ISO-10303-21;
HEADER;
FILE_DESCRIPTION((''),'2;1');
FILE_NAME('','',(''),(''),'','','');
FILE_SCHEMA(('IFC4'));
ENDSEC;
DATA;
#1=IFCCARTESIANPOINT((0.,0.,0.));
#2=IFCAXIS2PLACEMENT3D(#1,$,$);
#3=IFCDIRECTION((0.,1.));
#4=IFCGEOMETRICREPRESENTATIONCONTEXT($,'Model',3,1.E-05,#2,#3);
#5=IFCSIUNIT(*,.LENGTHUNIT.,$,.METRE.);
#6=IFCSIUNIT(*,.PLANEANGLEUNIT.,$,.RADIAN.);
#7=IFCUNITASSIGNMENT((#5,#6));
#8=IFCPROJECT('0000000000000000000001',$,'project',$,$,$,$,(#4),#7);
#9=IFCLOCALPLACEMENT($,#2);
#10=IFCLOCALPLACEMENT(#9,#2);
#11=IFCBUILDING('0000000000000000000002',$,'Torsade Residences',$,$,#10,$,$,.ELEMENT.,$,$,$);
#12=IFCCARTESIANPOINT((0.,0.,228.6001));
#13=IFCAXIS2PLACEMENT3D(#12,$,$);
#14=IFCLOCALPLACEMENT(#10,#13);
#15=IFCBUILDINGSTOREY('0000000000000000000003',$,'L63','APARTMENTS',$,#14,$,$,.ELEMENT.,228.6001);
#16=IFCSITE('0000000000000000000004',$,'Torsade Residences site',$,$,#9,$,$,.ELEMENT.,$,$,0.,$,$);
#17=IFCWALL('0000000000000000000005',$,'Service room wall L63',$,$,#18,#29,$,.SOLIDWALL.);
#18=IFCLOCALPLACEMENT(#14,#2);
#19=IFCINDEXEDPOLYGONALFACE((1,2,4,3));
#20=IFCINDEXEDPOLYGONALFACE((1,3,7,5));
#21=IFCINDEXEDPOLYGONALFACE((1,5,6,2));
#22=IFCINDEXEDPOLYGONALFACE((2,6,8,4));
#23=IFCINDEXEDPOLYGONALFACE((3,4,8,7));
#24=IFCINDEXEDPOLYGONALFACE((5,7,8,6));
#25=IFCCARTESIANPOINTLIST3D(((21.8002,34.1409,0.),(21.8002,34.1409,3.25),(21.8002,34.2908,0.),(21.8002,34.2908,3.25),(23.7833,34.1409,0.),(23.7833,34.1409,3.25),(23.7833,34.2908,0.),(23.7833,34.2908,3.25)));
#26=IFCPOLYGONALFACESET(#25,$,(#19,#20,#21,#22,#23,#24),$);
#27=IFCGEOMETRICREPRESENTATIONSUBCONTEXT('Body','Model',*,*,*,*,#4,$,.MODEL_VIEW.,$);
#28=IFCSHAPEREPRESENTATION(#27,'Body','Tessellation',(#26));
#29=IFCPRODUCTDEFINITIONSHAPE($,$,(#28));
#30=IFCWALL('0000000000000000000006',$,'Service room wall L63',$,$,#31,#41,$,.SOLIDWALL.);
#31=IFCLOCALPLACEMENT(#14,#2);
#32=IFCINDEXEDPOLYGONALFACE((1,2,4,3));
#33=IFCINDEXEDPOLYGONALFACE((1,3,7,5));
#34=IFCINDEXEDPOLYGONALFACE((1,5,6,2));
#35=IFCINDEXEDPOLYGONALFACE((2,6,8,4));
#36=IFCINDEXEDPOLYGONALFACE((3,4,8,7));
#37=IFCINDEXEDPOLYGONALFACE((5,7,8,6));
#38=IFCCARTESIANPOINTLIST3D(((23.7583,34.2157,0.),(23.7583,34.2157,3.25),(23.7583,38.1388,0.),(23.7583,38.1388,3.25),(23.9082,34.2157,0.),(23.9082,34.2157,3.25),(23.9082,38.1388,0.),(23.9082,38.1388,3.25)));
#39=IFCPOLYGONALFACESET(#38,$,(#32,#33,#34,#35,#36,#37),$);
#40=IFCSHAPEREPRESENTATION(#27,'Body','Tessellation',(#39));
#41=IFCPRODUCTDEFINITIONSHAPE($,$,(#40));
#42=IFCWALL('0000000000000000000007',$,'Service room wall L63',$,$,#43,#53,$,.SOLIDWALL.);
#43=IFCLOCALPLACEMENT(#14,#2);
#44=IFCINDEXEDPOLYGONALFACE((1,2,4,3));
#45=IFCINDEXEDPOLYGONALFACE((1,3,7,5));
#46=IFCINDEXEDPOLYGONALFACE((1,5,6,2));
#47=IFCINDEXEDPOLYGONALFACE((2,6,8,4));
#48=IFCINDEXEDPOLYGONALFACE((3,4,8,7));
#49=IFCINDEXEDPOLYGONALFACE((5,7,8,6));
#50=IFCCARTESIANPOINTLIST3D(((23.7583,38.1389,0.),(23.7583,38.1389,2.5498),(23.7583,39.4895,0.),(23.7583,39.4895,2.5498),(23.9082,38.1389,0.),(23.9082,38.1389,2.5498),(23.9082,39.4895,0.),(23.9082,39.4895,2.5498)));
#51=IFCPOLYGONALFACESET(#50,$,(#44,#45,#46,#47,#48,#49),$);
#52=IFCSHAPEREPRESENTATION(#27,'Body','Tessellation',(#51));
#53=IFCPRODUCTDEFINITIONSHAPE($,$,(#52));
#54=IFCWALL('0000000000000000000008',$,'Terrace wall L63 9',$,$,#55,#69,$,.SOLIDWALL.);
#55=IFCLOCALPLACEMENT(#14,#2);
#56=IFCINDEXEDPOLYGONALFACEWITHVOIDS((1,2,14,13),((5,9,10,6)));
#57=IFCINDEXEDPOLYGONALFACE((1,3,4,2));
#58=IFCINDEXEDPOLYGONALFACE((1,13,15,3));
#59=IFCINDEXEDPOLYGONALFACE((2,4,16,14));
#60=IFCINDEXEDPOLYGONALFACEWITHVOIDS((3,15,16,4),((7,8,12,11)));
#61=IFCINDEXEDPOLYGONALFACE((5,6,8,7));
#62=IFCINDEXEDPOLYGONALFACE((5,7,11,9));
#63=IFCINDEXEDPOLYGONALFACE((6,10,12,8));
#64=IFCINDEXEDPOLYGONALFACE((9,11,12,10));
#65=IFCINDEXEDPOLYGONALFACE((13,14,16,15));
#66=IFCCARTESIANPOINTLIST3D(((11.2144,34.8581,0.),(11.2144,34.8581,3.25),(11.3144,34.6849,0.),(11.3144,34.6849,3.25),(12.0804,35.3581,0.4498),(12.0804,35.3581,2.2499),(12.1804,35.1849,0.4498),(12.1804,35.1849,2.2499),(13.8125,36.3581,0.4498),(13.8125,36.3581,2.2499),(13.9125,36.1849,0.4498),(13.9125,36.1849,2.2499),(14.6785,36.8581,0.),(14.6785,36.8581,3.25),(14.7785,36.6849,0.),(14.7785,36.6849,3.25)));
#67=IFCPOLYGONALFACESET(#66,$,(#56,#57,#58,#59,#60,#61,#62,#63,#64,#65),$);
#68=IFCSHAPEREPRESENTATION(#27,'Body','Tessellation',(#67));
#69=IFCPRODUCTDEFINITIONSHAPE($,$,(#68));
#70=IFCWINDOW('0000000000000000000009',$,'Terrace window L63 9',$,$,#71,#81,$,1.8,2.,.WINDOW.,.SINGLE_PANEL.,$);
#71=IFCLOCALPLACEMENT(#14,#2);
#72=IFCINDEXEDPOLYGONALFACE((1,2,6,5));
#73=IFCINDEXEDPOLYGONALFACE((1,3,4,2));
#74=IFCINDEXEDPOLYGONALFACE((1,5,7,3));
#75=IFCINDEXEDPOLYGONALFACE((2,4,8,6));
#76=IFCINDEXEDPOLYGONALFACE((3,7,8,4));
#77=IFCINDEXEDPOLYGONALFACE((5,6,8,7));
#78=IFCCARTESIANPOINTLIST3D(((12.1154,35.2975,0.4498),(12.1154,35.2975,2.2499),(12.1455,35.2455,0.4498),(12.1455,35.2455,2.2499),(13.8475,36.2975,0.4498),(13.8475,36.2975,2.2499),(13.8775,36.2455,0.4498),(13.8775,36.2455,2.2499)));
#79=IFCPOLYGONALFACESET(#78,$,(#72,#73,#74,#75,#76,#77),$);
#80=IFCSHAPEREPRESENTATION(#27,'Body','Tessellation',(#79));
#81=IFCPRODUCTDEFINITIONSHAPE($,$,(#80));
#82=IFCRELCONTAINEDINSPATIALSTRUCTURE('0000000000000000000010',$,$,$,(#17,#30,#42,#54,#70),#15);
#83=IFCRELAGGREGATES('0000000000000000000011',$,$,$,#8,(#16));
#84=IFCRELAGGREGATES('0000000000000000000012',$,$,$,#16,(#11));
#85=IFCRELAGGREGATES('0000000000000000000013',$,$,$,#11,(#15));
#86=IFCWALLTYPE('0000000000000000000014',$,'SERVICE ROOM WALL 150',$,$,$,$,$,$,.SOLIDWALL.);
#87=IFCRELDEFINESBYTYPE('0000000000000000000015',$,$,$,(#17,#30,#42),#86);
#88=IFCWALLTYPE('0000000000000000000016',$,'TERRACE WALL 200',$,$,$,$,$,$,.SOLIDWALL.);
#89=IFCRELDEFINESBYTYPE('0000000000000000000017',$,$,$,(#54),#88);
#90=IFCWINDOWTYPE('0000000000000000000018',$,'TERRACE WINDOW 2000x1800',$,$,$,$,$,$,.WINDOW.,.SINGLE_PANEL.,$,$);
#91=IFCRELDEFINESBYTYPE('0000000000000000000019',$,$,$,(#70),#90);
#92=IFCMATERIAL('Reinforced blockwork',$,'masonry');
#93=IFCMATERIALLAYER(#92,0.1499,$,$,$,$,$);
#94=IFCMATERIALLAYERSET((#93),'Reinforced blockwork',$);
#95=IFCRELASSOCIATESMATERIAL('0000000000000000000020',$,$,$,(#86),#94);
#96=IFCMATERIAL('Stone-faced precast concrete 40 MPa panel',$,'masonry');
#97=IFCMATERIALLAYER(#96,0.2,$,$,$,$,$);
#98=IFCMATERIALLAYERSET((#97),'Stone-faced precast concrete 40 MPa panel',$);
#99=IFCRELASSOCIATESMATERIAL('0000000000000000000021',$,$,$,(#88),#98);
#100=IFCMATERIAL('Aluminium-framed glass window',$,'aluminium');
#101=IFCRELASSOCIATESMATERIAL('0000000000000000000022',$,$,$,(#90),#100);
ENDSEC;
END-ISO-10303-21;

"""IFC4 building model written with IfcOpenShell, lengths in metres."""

from ifc_helpers import new_model, si_unit, direction, frame, frame_2d, origin, place, context, subcontext, project, spatial, rectangle, extrude, material, layer, layer_set, type_object, element, fill, save


model = new_model("IFC4")

# Units and contexts
model_context = context("Model", 3, precision=1e-05, world=origin(), true_north=direction((0.0, 1.0)))
body_context = subcontext(model_context, "Body", "Model", "MODEL_VIEW")
ifc_project = project(units=[si_unit("LENGTHUNIT", "METRE"), si_unit("PLANEANGLEUNIT", "RADIAN")], contexts=[model_context])

# Site, building, storey
site_placement = place(None, origin())
site = spatial("IfcSite", under=ifc_project, at=site_placement, Name="Torsade Residences site", CompositionType="ELEMENT", RefElevation=0.0)
building_placement = place(site_placement, origin())
building = spatial("IfcBuilding", under=site, at=building_placement, Name="Torsade Residences", CompositionType="ELEMENT")
storey_placement = place(building_placement, frame((0.0, 0.0, 228.6001)))
storey = spatial("IfcBuildingStorey", under=building, at=storey_placement, Name="L63", Description="APARTMENTS", CompositionType="ELEMENT", Elevation=228.6001)

# Walls
ifc_material_1 = material(Name="Reinforced blockwork", Category="masonry")
ifc_layer_1 = layer(ifc_material_1, 0.1499)
ifc_layer_set_1 = layer_set([ifc_layer_1], Name="Reinforced blockwork")
wall_type_1 = type_object("IfcWallType", Name="SERVICE ROOM WALL 150", PredefinedType="SOLIDWALL", material=ifc_layer_set_1)
wall_1_placement = place(storey_placement, frame((21.8, 34.2158, 0.0), z_axis=(0.0, 0.0, 1.0), x_axis=(1.0, 0.0, 0.0)))
element("IfcWall", 1, at=wall_1_placement, inside=storey, type_object=wall_type_1, Name="Service room wall L63", PredefinedType="SOLIDWALL", context=body_context, shape_type="SweptSolid", body=[
    extrude(rectangle(XDim=1.9832, YDim=0.1499, at=frame_2d((0.9917, 0.0))), origin(), (0.0, 0.0, 1.0), 3.25),
])
wall_2_placement = place(storey_placement, frame((23.8333, 34.2158, 0.0), z_axis=(0.0, 0.0, 1.0), x_axis=(0.0, 1.0, 0.0)))
element("IfcWall", 2, at=wall_2_placement, inside=storey, type_object=wall_type_1, Name="Service room wall L63", PredefinedType="SOLIDWALL", context=body_context, shape_type="SweptSolid", body=[
    extrude(rectangle(XDim=3.9231, YDim=0.1499, at=frame_2d((1.9614, 0.0))), origin(), (0.0, 0.0, 1.0), 3.25),
])
wall_3_placement = place(storey_placement, frame((23.8333, 38.1389, 0.0), z_axis=(0.0, 0.0, 1.0), x_axis=(0.0, 1.0, 0.0)))
element("IfcWall", 3, at=wall_3_placement, inside=storey, type_object=wall_type_1, Name="Service room wall L63", PredefinedType="SOLIDWALL", context=body_context, shape_type="SweptSolid", body=[
    extrude(rectangle(XDim=1.3506, YDim=0.1499, at=frame_2d((0.6753, 0.0))), origin(), (0.0, 0.0, 1.0), 2.5498),
])

# Wall, opening, window
ifc_material_2 = material(Name="Stone-faced precast concrete 40 MPa panel", Category="masonry")
ifc_layer_2 = layer(ifc_material_2, 0.2)
ifc_layer_set_2 = layer_set([ifc_layer_2], Name="Stone-faced precast concrete 40 MPa panel")
wall_type_2 = type_object("IfcWallType", Name="TERRACE WALL 200", PredefinedType="SOLIDWALL", material=ifc_layer_set_2)
wall_4_placement = place(storey_placement, frame((14.7285, 36.7715, 0.0), z_axis=(0.0, 0.0, 1.0), x_axis=(-0.866026, -0.499999, 0.0)))
wall_4 = element("IfcWall", 4, at=wall_4_placement, inside=storey, type_object=wall_type_2, Name="Terrace wall L63 9", PredefinedType="SOLIDWALL", context=body_context, shape_type="SweptSolid", body=[
    extrude(rectangle(XDim=4.0, YDim=0.2, at=frame_2d((2.0, 0.0))), origin(), (0.0, 0.0, 1.0), 3.25),
])
opening_1_placement = place(wall_4_placement, frame((1.0, 0.0, 0.45)))
opening_1 = element("IfcOpeningElement", 5, at=opening_1_placement, cuts=wall_4, PredefinedType="OPENING", context=body_context, shape_type="SweptSolid", body=[
    extrude(rectangle(XDim=2.0, YDim=1.8, at=frame_2d((1.0, 0.8999))), frame((0.0, 0.1099, 0.0), z_axis=(0.0, -1.0, 0.0), x_axis=(1.0, 0.0, 0.0)), (0.0, 0.0, 1.0), 0.22),
])
ifc_material_3 = material(Name="Aluminium-framed glass window", Category="aluminium")
window_type = type_object("IfcWindowType", Name="TERRACE WINDOW 2000x1800", PartitioningType="SINGLE_PANEL", PredefinedType="WINDOW", material=ifc_material_3)
window_placement = place(opening_1_placement, origin())
window = element("IfcWindow", 6, at=window_placement, inside=storey, type_object=window_type, Name="Terrace window L63 9", OverallHeight=1.8, OverallWidth=2.0, PartitioningType="SINGLE_PANEL", PredefinedType="WINDOW", context=body_context, shape_type="SweptSolid", body=[
    extrude(rectangle(XDim=2.0, YDim=1.8, at=frame_2d((1.0, 0.8999))), frame((0.0, 0.03, 0.0), z_axis=(0.0, -1.0, 0.0), x_axis=(1.0, 0.0, 0.0)), (0.0, 0.0, 1.0), 0.0601),
])
fill(opening_1, window)

save(model, "model.ifc")
